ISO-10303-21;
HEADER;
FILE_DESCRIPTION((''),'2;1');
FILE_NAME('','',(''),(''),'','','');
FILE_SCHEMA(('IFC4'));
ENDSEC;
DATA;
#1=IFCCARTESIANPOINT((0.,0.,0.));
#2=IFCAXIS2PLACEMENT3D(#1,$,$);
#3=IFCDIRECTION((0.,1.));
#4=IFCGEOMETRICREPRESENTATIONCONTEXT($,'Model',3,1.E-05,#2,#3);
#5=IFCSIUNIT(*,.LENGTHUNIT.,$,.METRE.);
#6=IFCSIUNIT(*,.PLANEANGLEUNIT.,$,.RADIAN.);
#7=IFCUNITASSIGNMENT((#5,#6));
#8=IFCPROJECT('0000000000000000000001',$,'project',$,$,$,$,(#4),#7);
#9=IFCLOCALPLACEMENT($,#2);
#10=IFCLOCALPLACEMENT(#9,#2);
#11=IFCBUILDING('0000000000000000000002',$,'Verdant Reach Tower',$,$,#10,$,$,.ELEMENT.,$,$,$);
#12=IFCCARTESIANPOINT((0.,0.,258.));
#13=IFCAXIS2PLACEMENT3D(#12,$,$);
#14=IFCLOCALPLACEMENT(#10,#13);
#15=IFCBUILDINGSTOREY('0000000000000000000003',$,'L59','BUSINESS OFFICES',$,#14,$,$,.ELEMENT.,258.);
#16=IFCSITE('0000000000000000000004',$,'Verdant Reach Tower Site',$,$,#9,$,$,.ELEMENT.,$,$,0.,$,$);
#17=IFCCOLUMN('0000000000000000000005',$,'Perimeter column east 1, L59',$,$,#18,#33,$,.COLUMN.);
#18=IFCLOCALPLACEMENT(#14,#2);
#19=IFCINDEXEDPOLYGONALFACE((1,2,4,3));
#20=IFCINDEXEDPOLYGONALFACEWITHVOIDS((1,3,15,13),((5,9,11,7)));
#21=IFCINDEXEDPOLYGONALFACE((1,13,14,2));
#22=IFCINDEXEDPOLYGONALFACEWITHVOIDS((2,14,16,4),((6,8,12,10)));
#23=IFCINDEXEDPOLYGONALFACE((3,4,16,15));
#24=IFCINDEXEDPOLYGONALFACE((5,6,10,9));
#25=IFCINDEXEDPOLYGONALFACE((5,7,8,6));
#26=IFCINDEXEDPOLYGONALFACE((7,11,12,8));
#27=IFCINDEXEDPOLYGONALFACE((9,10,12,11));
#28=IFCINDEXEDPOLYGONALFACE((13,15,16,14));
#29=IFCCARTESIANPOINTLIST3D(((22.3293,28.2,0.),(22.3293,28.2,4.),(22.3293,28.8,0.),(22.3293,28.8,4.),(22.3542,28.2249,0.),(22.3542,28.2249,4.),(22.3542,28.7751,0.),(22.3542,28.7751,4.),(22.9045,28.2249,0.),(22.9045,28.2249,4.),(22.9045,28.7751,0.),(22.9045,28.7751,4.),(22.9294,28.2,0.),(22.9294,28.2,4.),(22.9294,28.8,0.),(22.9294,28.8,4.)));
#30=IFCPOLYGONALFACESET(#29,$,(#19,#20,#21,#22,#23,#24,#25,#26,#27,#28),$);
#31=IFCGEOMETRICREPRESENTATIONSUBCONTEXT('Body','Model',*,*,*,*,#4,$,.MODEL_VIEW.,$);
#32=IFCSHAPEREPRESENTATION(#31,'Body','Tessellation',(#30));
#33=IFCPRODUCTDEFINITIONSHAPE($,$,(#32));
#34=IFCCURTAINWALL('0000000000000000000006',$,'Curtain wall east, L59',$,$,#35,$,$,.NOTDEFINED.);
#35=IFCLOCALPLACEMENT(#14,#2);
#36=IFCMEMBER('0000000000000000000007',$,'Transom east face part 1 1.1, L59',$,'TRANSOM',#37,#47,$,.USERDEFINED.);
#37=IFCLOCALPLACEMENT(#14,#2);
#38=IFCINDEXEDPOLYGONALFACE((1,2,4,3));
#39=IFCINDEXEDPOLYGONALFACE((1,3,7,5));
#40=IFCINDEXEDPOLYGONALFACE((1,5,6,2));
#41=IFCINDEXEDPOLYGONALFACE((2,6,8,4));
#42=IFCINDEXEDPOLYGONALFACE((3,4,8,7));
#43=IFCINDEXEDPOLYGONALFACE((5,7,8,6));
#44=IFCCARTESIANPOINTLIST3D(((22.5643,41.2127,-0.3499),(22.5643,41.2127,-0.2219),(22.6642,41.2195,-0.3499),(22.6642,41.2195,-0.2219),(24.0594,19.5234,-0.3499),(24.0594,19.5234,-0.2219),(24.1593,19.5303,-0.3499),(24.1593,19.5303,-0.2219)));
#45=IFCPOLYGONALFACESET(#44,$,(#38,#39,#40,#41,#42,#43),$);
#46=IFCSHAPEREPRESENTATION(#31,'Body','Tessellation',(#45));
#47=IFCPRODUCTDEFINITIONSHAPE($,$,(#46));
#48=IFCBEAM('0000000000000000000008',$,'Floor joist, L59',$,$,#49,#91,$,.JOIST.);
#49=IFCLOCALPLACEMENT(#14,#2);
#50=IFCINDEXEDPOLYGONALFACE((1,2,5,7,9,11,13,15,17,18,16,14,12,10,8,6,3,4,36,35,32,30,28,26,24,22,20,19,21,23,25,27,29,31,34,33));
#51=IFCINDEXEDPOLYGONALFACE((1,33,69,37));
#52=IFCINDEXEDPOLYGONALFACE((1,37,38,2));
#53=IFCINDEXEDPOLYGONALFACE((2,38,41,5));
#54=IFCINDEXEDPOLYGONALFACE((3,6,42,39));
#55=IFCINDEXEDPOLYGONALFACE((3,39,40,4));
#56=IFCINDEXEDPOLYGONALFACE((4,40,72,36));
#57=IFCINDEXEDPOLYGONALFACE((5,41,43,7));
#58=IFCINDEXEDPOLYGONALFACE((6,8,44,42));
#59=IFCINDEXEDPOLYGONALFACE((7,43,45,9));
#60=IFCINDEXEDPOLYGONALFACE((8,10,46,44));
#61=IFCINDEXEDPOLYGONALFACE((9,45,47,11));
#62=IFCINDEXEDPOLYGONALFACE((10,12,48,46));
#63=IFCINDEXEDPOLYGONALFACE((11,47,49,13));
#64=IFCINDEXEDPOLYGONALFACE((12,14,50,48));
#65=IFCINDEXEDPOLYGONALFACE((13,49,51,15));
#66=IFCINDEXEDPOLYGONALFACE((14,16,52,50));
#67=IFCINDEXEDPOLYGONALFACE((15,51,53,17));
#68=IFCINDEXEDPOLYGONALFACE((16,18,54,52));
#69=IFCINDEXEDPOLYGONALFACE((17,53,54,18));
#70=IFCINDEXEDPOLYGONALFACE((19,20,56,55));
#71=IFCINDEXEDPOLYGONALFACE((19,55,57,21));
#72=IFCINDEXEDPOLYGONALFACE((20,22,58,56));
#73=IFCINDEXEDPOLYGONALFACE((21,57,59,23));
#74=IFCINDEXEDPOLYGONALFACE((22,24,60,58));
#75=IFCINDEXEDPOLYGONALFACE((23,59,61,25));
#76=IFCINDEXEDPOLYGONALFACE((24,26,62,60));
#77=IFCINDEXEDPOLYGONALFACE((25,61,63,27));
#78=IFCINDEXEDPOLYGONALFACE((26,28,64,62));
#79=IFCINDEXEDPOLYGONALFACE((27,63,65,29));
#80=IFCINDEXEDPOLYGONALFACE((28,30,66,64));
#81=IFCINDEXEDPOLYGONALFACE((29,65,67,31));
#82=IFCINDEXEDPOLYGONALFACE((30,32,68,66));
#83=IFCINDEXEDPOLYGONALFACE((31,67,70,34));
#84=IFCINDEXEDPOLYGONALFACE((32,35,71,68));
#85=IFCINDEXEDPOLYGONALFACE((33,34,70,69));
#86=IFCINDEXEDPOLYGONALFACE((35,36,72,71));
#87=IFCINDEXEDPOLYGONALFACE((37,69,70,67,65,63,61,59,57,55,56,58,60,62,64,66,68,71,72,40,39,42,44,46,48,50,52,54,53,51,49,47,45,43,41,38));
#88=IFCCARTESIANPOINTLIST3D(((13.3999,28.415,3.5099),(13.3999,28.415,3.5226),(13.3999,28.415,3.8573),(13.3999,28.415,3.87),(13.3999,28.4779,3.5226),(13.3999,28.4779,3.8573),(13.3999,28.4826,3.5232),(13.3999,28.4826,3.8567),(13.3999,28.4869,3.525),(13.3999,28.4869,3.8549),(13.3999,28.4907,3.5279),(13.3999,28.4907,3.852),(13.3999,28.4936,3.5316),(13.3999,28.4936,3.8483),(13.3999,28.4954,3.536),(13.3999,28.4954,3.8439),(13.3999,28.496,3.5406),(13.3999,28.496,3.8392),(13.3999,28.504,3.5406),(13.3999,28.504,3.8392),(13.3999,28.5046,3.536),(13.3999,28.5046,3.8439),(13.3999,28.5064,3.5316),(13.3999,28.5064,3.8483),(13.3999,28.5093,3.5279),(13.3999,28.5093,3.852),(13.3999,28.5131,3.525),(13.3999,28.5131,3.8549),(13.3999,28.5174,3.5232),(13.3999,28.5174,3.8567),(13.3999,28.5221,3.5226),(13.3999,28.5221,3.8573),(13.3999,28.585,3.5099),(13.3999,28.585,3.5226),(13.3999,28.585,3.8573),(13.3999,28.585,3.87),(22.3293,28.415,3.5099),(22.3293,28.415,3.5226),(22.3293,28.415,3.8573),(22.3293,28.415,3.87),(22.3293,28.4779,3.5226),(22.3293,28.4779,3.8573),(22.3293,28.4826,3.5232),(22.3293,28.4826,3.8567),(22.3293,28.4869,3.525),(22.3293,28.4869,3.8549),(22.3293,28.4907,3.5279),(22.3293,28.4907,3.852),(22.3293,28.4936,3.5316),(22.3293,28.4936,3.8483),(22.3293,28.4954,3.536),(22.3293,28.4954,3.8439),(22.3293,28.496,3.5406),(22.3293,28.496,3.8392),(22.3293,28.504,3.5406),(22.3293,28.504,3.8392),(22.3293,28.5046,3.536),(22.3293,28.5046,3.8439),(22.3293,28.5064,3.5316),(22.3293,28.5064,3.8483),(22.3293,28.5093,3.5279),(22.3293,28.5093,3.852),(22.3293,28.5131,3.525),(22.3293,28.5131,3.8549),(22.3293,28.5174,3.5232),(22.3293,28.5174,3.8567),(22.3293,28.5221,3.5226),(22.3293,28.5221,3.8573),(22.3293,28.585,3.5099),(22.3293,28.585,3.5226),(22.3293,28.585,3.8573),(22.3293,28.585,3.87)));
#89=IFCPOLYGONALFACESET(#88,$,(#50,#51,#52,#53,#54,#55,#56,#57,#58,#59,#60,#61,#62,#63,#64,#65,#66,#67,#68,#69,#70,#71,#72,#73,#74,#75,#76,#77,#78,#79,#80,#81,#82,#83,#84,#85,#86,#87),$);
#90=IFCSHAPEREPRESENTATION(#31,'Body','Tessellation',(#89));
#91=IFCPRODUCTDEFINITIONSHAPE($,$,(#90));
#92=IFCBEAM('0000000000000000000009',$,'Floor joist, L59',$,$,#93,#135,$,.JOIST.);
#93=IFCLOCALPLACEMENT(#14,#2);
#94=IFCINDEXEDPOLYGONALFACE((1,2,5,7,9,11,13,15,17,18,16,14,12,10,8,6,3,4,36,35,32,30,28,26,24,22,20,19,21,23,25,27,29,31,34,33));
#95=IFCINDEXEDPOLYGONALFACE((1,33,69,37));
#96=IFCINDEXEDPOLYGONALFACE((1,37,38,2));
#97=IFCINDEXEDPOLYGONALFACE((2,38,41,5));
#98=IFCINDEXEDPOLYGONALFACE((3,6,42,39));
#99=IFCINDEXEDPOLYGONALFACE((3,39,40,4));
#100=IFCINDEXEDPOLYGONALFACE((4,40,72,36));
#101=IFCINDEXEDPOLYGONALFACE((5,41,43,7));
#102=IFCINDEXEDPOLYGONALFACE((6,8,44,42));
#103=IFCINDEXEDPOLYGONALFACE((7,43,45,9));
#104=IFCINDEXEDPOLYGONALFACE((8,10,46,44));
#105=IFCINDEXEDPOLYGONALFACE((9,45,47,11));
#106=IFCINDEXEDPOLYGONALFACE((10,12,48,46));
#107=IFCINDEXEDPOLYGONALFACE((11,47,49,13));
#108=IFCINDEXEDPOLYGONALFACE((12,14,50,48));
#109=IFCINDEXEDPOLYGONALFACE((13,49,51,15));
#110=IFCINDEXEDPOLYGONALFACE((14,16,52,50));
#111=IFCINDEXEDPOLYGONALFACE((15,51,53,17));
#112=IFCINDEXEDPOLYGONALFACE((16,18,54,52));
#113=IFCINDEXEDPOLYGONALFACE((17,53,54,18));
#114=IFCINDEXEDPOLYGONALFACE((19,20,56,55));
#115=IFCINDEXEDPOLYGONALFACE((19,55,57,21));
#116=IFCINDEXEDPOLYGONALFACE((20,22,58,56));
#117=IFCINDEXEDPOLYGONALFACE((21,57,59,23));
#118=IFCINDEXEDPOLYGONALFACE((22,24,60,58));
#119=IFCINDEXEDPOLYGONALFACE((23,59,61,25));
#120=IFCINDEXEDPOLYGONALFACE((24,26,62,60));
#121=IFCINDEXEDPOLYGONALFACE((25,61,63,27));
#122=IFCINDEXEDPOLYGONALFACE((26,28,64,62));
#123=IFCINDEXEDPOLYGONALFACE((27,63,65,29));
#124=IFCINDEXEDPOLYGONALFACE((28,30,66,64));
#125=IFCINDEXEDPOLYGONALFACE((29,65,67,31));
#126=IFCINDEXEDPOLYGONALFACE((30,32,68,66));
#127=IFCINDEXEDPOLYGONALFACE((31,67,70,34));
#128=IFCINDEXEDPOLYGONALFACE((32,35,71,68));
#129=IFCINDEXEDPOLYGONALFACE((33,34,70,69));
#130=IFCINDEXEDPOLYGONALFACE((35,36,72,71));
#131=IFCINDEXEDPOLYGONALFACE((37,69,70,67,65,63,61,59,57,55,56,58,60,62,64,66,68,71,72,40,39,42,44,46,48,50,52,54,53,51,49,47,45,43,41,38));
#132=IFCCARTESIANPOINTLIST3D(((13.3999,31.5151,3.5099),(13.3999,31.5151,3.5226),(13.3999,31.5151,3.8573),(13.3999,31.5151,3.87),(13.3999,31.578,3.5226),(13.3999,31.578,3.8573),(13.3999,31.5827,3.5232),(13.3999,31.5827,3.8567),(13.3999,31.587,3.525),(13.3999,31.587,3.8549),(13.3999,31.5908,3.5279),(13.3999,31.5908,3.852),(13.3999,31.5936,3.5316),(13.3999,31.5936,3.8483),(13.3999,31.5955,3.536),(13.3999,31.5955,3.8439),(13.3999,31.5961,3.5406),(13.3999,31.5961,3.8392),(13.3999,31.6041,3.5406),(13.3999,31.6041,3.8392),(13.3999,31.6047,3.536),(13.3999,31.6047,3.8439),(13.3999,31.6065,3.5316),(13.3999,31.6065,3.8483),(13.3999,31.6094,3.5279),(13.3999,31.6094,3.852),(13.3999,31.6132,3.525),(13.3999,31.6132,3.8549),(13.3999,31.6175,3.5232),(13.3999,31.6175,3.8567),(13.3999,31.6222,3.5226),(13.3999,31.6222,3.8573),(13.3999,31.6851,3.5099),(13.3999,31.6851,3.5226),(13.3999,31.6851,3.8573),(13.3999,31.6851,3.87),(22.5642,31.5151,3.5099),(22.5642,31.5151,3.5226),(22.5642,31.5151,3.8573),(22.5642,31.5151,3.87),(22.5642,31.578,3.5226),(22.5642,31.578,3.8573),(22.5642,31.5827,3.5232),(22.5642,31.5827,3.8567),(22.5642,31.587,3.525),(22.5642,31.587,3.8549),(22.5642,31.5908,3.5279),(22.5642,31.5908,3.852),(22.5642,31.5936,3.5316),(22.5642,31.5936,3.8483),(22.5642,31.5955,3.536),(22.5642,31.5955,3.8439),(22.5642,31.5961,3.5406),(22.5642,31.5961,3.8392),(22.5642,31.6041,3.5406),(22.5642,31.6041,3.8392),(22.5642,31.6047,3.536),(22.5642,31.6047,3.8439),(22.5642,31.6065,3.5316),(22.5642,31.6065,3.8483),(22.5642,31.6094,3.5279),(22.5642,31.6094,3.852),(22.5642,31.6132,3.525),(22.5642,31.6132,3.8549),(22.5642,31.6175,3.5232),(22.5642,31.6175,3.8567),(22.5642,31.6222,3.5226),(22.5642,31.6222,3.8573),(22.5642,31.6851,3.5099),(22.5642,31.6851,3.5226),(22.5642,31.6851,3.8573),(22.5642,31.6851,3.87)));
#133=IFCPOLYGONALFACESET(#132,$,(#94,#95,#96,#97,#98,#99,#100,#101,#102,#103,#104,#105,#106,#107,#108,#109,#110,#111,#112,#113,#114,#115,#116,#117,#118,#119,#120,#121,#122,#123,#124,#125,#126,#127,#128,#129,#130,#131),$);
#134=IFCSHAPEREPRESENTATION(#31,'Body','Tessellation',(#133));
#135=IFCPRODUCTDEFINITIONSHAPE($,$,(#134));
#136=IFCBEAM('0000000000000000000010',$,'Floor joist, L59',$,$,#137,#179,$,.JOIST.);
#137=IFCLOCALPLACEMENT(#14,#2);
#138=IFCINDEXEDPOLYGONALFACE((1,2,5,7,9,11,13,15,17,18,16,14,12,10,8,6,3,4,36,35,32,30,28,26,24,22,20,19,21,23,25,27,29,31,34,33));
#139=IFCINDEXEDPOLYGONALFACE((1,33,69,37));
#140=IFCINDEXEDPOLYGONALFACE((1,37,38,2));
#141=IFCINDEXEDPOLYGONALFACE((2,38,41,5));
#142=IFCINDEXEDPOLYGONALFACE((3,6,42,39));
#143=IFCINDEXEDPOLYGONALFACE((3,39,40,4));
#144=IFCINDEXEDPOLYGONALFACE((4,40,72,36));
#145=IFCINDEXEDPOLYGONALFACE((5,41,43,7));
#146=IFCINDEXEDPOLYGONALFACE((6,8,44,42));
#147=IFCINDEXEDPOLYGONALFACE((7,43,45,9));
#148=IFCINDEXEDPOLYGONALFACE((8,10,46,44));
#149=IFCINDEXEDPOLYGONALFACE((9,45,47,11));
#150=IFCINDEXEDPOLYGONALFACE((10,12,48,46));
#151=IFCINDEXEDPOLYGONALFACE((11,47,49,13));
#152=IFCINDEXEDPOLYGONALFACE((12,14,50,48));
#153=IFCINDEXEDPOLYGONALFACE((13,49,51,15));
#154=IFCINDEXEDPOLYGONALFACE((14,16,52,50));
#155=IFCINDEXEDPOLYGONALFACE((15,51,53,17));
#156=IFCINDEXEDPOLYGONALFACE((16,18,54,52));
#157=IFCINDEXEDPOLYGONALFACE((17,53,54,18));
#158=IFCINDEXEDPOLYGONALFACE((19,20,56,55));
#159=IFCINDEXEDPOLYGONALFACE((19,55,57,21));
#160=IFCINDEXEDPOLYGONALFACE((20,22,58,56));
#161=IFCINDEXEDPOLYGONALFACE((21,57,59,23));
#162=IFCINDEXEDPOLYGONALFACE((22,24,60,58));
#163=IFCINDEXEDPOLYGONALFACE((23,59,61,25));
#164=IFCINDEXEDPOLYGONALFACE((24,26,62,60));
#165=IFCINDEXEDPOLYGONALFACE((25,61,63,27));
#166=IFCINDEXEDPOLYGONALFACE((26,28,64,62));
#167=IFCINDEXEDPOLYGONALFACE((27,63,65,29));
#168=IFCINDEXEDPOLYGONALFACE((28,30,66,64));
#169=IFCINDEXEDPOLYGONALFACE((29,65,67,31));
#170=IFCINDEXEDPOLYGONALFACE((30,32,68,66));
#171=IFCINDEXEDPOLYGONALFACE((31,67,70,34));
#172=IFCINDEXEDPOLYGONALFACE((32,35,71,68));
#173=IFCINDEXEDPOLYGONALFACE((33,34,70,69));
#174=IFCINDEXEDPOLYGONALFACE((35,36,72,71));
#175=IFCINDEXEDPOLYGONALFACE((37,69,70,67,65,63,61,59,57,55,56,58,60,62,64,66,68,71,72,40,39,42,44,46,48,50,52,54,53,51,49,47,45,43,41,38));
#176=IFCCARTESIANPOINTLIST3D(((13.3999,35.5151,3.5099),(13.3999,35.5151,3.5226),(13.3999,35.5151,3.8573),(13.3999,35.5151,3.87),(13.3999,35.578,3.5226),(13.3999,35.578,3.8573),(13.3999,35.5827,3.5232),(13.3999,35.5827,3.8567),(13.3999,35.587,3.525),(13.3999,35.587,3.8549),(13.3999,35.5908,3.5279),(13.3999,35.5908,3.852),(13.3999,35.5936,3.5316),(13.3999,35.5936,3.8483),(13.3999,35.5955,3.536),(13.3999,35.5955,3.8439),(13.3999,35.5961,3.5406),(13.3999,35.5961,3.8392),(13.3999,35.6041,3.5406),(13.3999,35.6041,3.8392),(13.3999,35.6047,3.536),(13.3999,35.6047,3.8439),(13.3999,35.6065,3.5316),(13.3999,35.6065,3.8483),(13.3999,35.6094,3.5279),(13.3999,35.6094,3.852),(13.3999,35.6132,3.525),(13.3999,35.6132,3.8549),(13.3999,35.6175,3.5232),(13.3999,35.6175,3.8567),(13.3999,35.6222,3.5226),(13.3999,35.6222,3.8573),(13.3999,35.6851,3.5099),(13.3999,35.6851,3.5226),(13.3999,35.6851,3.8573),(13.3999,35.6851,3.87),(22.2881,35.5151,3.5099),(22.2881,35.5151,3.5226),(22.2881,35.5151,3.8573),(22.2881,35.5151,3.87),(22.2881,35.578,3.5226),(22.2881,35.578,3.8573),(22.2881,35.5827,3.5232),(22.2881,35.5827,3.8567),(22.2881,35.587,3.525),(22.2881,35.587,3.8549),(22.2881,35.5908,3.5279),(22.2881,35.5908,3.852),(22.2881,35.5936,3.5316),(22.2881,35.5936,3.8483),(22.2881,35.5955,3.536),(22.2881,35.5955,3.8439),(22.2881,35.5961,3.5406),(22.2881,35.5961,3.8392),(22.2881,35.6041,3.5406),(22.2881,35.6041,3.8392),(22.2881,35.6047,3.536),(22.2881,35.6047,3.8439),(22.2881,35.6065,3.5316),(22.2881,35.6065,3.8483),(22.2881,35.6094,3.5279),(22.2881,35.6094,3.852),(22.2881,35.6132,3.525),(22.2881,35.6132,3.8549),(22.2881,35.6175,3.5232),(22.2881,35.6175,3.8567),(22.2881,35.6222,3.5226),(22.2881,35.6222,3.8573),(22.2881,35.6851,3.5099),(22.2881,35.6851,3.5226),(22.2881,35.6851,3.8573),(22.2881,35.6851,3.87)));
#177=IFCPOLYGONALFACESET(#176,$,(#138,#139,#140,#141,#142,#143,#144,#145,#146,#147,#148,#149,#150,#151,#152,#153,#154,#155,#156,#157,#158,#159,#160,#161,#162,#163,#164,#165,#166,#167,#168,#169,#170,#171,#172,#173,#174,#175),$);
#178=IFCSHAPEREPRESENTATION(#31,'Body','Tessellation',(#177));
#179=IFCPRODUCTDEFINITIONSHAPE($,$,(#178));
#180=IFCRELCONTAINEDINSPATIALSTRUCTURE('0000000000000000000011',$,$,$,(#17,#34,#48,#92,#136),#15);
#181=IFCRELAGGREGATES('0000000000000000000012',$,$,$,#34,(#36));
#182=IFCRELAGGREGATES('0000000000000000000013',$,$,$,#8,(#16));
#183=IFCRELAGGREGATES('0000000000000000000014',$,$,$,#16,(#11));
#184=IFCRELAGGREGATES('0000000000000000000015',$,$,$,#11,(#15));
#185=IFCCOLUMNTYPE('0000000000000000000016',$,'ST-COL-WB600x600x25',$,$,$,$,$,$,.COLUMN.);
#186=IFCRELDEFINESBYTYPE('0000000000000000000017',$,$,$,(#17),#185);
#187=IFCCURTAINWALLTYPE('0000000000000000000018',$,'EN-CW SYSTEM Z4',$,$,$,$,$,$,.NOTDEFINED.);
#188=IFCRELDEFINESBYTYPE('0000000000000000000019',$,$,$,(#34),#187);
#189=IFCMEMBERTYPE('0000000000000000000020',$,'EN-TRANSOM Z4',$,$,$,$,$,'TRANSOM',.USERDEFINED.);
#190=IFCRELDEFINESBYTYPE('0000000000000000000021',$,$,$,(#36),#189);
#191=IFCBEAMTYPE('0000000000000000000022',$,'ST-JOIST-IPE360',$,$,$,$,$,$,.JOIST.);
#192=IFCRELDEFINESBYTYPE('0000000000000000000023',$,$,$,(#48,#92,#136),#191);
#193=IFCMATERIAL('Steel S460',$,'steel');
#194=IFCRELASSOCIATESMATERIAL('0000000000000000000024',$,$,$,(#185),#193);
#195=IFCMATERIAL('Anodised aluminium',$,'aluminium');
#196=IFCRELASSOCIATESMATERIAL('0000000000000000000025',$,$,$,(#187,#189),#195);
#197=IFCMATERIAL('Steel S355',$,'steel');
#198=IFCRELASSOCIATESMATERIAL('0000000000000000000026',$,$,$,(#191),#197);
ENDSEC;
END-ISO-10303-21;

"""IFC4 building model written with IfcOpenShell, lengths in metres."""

from ifc_helpers import new_model, si_unit, direction, frame, origin, origin_2d, place, context, subcontext, project, spatial, rectangle, hollow_rectangle, i_section, extrude, material, material_profile, profile_set, type_object, element, aggregate, save


model = new_model("IFC4")

# Units and contexts
model_context = context("Model", 3, precision=1e-05, world=origin(), true_north=direction((0.0, 1.0)))
body_context = subcontext(model_context, "Body", "Model", "MODEL_VIEW")
ifc_project = project(units=[si_unit("LENGTHUNIT", "METRE"), si_unit("PLANEANGLEUNIT", "RADIAN")], contexts=[model_context])

# Site, building, storey
site_placement = place(None, origin())
site = spatial("IfcSite", under=ifc_project, at=site_placement, Name="Verdant Reach Tower Site", CompositionType="ELEMENT", RefElevation=0.0)
building_placement = place(site_placement, origin())
building = spatial("IfcBuilding", under=site, at=building_placement, Name="Verdant Reach Tower", CompositionType="ELEMENT")
storey_placement = place(building_placement, frame((0.0, 0.0, 258.0)))
storey = spatial("IfcBuildingStorey", under=building, at=storey_placement, Name="L59", Description="BUSINESS OFFICES", CompositionType="ELEMENT", Elevation=258.0)

# Column
ifc_material_1 = material(Name="Steel S460", Category="steel")
ifc_material_profile_1 = material_profile(ifc_material_1, hollow_rectangle(XDim=0.6001, YDim=0.6001, WallThickness=0.0249, at=origin_2d()), Name="WB 600x600x25")
ifc_profile_set_1 = profile_set([ifc_material_profile_1], Name="Steel S460")
column_type = type_object("IfcColumnType", Name="ST-COL-WB600x600x25", PredefinedType="COLUMN", material=ifc_profile_set_1)
column_placement = place(storey_placement, frame((22.6294, 28.5, 0.0), z_axis=(0.0, 0.0, 1.0), x_axis=(1.0, 0.0, 0.0)))
element("IfcColumn", 1, at=column_placement, inside=storey, type_object=column_type, Name="Perimeter column east 1, L59", PredefinedType="COLUMN", context=body_context, shape_type="SweptSolid", body=[
    extrude(hollow_rectangle(XDim=0.6001, YDim=0.6001, WallThickness=0.0249, at=origin_2d()), origin(), (0.0, 0.0, 1.0), 4.0),
])

# Curtain wall, member
ifc_material_2 = material(Name="Anodised aluminium", Category="aluminium")
curtain_wall_type = type_object("IfcCurtainWallType", Name="EN-CW SYSTEM Z4", PredefinedType="NOTDEFINED", material=ifc_material_2)
curtain_wall_placement = place(storey_placement, origin())
curtain_wall = element("IfcCurtainWall", 2, at=curtain_wall_placement, inside=storey, type_object=curtain_wall_type, Name="Curtain wall east, L59", PredefinedType="NOTDEFINED")
ifc_material_profile_2 = material_profile(ifc_material_2, rectangle(XDim=0.1001, YDim=0.1279, at=origin_2d()), Name="Transom 128x100")
ifc_profile_set_2 = profile_set([ifc_material_profile_2], Name="Anodised aluminium")
member_type = type_object("IfcMemberType", Name="EN-TRANSOM Z4", ElementType="TRANSOM", PredefinedType="USERDEFINED", material=ifc_profile_set_2)
member_placement = place(storey_placement, frame((24.1094, 19.5269, -0.2859), z_axis=(-0.06877, 0.997633, 0.0), x_axis=(-0.997633, -0.06877, 0.0)))
member = element("IfcMember", 3, at=member_placement, type_object=member_type, Name="Transom east face part 1 1.1, L59", ObjectType="TRANSOM", PredefinedType="USERDEFINED", context=body_context, shape_type="SweptSolid", body=[
    extrude(rectangle(XDim=0.1001, YDim=0.1279, at=origin_2d()), origin(), (0.0, 0.0, 1.0), 21.7407),
])

# Beams
ifc_material_3 = material(Name="Steel S355", Category="steel")
ifc_material_profile_3 = material_profile(ifc_material_3, i_section(OverallWidth=0.1699, OverallDepth=0.3601, WebThickness=0.0081, FlangeThickness=0.0127, FilletRadius=0.0181, at=origin_2d()), Name="IPE 360")
ifc_profile_set_3 = profile_set([ifc_material_profile_3], Name="Steel S355")
beam_type_1 = type_object("IfcBeamType", Name="ST-JOIST-IPE360", PredefinedType="JOIST", material=ifc_profile_set_3)
beam_1_placement = place(storey_placement, frame((13.3999, 28.5, 3.6899), z_axis=(1.0, 0.0, 0.0), x_axis=(0.0, 1.0, 0.0)))
element("IfcBeam", 4, at=beam_1_placement, inside=storey, type_object=beam_type_1, Name="Floor joist, L59", PredefinedType="JOIST", context=body_context, shape_type="SweptSolid", body=[
    extrude(i_section(OverallWidth=0.1699, OverallDepth=0.3601, WebThickness=0.0081, FlangeThickness=0.0127, FilletRadius=0.0181, at=origin_2d()), origin(), (0.0, 0.0, 1.0), 8.9294),
])
beam_2_placement = place(storey_placement, frame((13.3999, 31.6001, 3.6899), z_axis=(1.0, 0.0, 0.0), x_axis=(0.0, 1.0, 0.0)))
element("IfcBeam", 5, at=beam_2_placement, inside=storey, type_object=beam_type_1, Name="Floor joist, L59", PredefinedType="JOIST", context=body_context, shape_type="SweptSolid", body=[
    extrude(i_section(OverallWidth=0.1699, OverallDepth=0.3601, WebThickness=0.0081, FlangeThickness=0.0127, FilletRadius=0.0181, at=origin_2d()), origin(), (0.0, 0.0, 1.0), 9.1643),
])
beam_3_placement = place(storey_placement, frame((13.3999, 35.6001, 3.6899), z_axis=(1.0, 0.0, 0.0), x_axis=(0.0, 1.0, 0.0)))
element("IfcBeam", 6, at=beam_3_placement, inside=storey, type_object=beam_type_1, Name="Floor joist, L59", PredefinedType="JOIST", context=body_context, shape_type="SweptSolid", body=[
    extrude(i_section(OverallWidth=0.1699, OverallDepth=0.3601, WebThickness=0.0081, FlangeThickness=0.0127, FilletRadius=0.0181, at=origin_2d()), origin(), (0.0, 0.0, 1.0), 8.8882),
])

aggregate(curtain_wall, [member])

save(model, "model.ifc")
